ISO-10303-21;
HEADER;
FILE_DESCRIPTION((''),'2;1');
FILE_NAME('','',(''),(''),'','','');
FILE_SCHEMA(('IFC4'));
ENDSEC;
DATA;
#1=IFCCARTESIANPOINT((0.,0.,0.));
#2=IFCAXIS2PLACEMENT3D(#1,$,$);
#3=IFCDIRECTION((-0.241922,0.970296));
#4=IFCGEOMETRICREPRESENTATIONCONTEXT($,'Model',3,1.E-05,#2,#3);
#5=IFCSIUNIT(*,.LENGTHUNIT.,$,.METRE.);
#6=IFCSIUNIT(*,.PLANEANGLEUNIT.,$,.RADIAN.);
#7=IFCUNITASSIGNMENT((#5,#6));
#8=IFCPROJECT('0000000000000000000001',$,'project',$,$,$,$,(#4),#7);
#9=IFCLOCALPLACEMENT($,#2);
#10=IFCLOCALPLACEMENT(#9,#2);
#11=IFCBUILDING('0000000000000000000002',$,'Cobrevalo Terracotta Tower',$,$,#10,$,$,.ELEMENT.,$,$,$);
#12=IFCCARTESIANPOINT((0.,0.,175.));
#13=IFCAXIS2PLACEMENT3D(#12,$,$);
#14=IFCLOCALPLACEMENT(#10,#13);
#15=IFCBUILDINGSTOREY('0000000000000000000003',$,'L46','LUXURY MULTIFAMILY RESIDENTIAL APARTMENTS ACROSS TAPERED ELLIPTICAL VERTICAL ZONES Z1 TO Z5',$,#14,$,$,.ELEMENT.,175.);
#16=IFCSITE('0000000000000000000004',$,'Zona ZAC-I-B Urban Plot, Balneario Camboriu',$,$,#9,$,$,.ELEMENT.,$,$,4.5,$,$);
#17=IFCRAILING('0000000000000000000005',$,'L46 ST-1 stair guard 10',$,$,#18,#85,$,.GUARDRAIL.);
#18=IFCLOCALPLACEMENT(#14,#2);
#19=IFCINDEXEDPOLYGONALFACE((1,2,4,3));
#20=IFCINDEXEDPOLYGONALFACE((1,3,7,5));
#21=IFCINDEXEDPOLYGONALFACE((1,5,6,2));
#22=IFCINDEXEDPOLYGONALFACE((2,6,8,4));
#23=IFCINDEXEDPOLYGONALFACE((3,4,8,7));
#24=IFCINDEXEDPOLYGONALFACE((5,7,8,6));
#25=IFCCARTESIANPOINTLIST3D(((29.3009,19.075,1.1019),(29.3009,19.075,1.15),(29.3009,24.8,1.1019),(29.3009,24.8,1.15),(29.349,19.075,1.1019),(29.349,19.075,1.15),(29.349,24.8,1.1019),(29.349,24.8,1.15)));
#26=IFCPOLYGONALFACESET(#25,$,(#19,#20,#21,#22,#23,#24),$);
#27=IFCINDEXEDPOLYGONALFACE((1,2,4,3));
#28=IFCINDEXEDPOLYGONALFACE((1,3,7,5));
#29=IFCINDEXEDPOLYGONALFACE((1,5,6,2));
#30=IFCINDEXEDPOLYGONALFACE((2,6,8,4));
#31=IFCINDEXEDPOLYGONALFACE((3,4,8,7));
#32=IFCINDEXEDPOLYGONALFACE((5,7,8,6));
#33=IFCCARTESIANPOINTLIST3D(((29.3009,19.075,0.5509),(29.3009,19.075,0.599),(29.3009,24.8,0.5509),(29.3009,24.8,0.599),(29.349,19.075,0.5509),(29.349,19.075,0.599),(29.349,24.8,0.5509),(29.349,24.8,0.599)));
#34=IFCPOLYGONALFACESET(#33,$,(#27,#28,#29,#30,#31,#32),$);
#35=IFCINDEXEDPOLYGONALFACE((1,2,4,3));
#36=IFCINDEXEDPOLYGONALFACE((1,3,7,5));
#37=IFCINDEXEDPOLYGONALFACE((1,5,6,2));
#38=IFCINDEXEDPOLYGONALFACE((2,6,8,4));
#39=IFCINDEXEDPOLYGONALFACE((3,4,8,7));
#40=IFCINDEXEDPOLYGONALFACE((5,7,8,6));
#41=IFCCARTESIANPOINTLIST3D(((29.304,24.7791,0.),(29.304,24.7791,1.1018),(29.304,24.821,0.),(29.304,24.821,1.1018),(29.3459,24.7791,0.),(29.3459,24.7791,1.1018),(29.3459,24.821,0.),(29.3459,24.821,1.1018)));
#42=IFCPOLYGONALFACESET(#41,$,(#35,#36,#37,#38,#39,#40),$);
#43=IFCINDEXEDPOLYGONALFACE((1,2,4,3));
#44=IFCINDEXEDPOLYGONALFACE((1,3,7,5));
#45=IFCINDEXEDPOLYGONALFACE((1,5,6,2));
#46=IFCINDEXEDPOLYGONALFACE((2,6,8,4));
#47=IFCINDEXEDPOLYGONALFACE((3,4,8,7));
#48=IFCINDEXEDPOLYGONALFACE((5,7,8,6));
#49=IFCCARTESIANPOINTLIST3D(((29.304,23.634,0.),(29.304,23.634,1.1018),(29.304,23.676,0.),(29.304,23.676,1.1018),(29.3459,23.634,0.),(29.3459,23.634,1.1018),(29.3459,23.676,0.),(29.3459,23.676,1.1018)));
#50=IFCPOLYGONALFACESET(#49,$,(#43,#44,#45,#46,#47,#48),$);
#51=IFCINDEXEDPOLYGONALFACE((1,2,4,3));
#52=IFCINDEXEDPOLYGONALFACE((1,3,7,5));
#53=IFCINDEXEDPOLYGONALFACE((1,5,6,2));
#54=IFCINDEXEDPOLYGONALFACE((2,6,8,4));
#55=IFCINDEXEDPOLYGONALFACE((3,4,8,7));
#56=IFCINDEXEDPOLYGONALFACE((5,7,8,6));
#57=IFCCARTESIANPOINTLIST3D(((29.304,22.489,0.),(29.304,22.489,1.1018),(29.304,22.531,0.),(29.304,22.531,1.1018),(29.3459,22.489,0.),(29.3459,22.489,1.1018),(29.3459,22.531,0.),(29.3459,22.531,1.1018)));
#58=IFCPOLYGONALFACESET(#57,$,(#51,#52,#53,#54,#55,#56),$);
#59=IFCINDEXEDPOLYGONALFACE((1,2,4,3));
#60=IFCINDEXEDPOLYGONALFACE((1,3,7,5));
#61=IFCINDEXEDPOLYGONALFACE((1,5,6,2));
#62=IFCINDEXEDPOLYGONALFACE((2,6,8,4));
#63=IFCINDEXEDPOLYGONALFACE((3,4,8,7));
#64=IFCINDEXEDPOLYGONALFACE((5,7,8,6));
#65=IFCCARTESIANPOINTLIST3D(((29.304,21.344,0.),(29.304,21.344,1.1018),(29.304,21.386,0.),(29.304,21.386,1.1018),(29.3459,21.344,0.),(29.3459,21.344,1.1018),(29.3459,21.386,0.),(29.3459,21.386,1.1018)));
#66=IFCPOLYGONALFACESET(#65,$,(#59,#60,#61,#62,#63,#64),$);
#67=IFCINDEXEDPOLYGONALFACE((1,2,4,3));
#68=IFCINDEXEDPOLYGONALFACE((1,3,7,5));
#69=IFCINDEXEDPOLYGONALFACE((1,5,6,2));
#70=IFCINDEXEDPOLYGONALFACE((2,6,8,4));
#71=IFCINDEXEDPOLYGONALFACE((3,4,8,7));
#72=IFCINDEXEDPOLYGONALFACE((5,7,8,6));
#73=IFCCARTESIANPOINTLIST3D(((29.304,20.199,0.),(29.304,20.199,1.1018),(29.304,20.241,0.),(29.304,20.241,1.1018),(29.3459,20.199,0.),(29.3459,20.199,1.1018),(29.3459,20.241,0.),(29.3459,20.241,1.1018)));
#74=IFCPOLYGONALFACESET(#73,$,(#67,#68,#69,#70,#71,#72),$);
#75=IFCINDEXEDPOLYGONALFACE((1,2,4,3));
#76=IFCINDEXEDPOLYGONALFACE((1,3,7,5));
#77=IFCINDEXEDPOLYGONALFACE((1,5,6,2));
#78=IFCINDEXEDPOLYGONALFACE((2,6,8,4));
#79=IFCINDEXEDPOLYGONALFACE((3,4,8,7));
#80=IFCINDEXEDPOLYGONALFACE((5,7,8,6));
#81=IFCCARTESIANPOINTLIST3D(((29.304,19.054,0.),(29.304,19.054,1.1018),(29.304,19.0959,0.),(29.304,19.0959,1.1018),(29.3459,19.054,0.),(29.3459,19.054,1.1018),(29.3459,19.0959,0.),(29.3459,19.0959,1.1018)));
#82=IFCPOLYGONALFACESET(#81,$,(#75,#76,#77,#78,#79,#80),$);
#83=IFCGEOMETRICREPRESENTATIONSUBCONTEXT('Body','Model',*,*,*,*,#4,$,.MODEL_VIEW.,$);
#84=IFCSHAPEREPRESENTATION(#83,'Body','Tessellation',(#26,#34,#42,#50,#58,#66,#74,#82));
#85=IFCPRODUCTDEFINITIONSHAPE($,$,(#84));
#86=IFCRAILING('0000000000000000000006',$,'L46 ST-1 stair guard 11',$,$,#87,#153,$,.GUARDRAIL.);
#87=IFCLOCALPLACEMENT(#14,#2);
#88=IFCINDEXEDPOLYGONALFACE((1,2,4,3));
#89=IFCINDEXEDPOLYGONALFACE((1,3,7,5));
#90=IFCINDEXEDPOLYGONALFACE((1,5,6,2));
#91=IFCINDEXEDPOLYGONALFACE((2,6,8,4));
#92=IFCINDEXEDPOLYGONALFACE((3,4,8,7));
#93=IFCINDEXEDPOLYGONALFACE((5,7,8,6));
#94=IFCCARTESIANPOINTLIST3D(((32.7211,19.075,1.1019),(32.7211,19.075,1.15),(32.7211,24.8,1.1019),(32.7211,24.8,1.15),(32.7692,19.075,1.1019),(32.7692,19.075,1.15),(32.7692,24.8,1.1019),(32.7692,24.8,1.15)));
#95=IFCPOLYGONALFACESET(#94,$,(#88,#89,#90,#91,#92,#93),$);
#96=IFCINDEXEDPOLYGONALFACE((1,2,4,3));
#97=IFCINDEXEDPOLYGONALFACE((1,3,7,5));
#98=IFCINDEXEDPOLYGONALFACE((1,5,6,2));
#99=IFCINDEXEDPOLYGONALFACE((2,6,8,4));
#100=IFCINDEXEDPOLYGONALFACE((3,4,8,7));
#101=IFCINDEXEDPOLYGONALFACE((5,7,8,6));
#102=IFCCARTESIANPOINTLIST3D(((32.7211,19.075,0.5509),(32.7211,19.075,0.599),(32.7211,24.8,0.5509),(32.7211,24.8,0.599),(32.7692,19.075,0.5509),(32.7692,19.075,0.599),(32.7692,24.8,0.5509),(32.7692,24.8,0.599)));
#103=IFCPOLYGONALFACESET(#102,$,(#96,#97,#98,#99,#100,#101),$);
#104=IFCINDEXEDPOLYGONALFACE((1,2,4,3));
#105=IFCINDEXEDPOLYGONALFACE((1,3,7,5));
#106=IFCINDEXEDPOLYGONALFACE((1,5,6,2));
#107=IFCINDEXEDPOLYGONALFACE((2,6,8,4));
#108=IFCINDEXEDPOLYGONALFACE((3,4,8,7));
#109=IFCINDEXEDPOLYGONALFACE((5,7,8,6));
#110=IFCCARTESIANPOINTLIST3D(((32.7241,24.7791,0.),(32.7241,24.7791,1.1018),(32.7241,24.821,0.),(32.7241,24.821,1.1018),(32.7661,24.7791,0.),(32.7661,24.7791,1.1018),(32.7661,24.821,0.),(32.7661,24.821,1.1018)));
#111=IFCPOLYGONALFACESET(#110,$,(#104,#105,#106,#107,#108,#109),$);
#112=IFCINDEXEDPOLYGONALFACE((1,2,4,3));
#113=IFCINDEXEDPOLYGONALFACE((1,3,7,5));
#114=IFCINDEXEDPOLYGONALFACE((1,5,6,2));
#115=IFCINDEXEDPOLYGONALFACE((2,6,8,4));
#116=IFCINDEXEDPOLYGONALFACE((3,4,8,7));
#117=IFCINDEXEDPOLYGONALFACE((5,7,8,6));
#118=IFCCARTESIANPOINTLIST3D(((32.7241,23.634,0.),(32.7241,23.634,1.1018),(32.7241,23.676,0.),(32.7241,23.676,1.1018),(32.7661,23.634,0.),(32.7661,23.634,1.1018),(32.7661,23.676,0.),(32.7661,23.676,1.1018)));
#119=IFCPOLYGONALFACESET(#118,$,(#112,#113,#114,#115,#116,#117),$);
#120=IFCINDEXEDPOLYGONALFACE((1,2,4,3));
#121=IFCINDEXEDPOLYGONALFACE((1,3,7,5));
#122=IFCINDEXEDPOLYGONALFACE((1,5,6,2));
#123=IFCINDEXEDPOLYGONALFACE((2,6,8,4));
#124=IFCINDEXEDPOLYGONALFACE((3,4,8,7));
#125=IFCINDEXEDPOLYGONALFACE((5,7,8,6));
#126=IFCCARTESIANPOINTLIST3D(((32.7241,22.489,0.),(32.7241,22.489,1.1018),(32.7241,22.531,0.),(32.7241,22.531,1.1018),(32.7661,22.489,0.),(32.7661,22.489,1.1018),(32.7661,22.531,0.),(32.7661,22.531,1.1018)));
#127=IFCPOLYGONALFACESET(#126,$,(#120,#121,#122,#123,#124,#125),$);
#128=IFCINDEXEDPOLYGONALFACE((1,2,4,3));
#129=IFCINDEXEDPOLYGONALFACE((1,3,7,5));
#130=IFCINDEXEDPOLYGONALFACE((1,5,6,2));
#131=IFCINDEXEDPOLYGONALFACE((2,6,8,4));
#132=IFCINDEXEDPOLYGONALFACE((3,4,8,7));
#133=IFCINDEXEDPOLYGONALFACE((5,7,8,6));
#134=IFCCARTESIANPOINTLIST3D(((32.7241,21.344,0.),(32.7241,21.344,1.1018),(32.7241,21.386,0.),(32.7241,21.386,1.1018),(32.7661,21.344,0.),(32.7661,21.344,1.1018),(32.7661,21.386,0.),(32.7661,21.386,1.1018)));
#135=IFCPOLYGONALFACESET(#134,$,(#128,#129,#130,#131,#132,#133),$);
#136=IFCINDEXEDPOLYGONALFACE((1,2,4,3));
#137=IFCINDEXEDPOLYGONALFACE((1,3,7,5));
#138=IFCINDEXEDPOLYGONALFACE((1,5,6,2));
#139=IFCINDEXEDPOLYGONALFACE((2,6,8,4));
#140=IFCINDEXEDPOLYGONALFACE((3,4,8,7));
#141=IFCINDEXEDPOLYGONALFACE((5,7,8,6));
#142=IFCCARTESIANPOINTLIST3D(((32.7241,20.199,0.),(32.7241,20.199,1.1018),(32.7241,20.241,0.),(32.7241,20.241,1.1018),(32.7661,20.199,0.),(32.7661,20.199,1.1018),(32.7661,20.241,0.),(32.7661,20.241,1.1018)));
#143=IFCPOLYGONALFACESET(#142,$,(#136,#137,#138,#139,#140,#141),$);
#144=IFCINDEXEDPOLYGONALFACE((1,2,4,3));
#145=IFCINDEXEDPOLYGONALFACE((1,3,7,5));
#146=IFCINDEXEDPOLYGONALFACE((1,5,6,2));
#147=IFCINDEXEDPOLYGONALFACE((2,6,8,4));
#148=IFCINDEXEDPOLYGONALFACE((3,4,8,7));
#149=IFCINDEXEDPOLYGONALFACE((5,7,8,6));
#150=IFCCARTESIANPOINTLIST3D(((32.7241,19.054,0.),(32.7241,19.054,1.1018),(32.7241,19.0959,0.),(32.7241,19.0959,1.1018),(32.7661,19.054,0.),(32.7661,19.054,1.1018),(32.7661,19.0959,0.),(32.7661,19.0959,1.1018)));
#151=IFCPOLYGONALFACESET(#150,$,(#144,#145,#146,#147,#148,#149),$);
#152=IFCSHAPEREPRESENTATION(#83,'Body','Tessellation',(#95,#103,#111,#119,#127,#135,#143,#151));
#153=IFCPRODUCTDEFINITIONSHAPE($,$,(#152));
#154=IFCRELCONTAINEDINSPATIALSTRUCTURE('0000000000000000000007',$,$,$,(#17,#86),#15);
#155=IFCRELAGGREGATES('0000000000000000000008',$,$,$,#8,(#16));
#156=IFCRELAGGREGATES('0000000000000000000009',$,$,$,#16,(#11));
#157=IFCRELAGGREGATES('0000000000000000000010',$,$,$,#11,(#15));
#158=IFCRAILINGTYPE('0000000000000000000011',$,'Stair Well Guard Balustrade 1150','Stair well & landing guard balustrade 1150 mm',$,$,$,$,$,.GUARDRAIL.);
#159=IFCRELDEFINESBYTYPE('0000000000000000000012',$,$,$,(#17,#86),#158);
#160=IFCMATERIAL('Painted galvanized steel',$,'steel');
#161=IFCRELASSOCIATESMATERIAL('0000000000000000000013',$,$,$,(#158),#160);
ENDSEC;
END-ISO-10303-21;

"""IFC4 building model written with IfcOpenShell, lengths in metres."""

from ifc_helpers import new_model, si_unit, direction, frame, origin, origin_2d, place, context, subcontext, project, spatial, rectangle, extrude, material, type_object, element, save


model = new_model("IFC4")

# Units and contexts
model_context = context("Model", 3, precision=1e-05, world=origin(), true_north=direction((-0.241922, 0.970296)))
body_context = subcontext(model_context, "Body", "Model", "MODEL_VIEW")
ifc_project = project(units=[si_unit("LENGTHUNIT", "METRE"), si_unit("PLANEANGLEUNIT", "RADIAN")], contexts=[model_context])

# Site, building, storey
site_placement = place(None, origin())
site = spatial("IfcSite", under=ifc_project, at=site_placement, Name="Zona ZAC-I-B Urban Plot, Balneario Camboriu", CompositionType="ELEMENT", RefElevation=4.5)
building_placement = place(site_placement, origin())
building = spatial("IfcBuilding", under=site, at=building_placement, Name="Cobrevalo Terracotta Tower", CompositionType="ELEMENT")
storey_placement = place(building_placement, frame((0.0, 0.0, 175.0)))
storey = spatial("IfcBuildingStorey", under=building, at=storey_placement, Name="L46", Description="LUXURY MULTIFAMILY RESIDENTIAL APARTMENTS ACROSS TAPERED ELLIPTICAL VERTICAL ZONES Z1 TO Z5", CompositionType="ELEMENT", Elevation=175.0)

# Railings
ifc_material_1 = material(Name="Painted galvanized steel", Category="steel")
railing_type_1 = type_object("IfcRailingType", Name="Stair Well Guard Balustrade 1150", Description="Stair well & landing guard balustrade 1150 mm", PredefinedType="GUARDRAIL", material=ifc_material_1)
for number, where, name in (
    (1, (29.325, 24.8, 0.0), "L46 ST-1 stair guard 10"),
    (2, (32.7451, 24.8, 0.0), "L46 ST-1 stair guard 11"),
):
    element("IfcRailing", number, at=place(storey_placement, frame(where)), inside=storey, type_object=railing_type_1, Name=name, PredefinedType="GUARDRAIL", context=body_context, shape_type="SweptSolid", body=[
        extrude(rectangle(XDim=0.0481, YDim=0.0481, at=origin_2d()), frame((0.0, 0.0, 1.126), z_axis=(0.0, -1.0, 0.0), x_axis=(1.0, 0.0, 0.0)), (0.0, 0.0, 1.0), 5.7251),
        extrude(rectangle(XDim=0.0481, YDim=0.0481, at=origin_2d()), frame((0.0, 0.0, 0.575), z_axis=(0.0, -1.0, 0.0), x_axis=(1.0, 0.0, 0.0)), (0.0, 0.0, 1.0), 5.7251),
        extrude(rectangle(XDim=0.042, YDim=0.042, at=origin_2d()), origin(), (0.0, 0.0, 1.0), 1.1018),
        extrude(rectangle(XDim=0.042, YDim=0.042, at=origin_2d()), frame((0.0, -1.145, 0.0)), (0.0, 0.0, 1.0), 1.1018),
        extrude(rectangle(XDim=0.042, YDim=0.042, at=origin_2d()), frame((0.0, -2.29, 0.0)), (0.0, 0.0, 1.0), 1.1018),
        extrude(rectangle(XDim=0.042, YDim=0.042, at=origin_2d()), frame((0.0, -3.4351, 0.0)), (0.0, 0.0, 1.0), 1.1018),
        extrude(rectangle(XDim=0.042, YDim=0.042, at=origin_2d()), frame((0.0, -4.5801, 0.0)), (0.0, 0.0, 1.0), 1.1018),
        extrude(rectangle(XDim=0.042, YDim=0.042, at=origin_2d()), frame((0.0, -5.7251, 0.0)), (0.0, 0.0, 1.0), 1.1018),
    ])

save(model, "model.ifc")
